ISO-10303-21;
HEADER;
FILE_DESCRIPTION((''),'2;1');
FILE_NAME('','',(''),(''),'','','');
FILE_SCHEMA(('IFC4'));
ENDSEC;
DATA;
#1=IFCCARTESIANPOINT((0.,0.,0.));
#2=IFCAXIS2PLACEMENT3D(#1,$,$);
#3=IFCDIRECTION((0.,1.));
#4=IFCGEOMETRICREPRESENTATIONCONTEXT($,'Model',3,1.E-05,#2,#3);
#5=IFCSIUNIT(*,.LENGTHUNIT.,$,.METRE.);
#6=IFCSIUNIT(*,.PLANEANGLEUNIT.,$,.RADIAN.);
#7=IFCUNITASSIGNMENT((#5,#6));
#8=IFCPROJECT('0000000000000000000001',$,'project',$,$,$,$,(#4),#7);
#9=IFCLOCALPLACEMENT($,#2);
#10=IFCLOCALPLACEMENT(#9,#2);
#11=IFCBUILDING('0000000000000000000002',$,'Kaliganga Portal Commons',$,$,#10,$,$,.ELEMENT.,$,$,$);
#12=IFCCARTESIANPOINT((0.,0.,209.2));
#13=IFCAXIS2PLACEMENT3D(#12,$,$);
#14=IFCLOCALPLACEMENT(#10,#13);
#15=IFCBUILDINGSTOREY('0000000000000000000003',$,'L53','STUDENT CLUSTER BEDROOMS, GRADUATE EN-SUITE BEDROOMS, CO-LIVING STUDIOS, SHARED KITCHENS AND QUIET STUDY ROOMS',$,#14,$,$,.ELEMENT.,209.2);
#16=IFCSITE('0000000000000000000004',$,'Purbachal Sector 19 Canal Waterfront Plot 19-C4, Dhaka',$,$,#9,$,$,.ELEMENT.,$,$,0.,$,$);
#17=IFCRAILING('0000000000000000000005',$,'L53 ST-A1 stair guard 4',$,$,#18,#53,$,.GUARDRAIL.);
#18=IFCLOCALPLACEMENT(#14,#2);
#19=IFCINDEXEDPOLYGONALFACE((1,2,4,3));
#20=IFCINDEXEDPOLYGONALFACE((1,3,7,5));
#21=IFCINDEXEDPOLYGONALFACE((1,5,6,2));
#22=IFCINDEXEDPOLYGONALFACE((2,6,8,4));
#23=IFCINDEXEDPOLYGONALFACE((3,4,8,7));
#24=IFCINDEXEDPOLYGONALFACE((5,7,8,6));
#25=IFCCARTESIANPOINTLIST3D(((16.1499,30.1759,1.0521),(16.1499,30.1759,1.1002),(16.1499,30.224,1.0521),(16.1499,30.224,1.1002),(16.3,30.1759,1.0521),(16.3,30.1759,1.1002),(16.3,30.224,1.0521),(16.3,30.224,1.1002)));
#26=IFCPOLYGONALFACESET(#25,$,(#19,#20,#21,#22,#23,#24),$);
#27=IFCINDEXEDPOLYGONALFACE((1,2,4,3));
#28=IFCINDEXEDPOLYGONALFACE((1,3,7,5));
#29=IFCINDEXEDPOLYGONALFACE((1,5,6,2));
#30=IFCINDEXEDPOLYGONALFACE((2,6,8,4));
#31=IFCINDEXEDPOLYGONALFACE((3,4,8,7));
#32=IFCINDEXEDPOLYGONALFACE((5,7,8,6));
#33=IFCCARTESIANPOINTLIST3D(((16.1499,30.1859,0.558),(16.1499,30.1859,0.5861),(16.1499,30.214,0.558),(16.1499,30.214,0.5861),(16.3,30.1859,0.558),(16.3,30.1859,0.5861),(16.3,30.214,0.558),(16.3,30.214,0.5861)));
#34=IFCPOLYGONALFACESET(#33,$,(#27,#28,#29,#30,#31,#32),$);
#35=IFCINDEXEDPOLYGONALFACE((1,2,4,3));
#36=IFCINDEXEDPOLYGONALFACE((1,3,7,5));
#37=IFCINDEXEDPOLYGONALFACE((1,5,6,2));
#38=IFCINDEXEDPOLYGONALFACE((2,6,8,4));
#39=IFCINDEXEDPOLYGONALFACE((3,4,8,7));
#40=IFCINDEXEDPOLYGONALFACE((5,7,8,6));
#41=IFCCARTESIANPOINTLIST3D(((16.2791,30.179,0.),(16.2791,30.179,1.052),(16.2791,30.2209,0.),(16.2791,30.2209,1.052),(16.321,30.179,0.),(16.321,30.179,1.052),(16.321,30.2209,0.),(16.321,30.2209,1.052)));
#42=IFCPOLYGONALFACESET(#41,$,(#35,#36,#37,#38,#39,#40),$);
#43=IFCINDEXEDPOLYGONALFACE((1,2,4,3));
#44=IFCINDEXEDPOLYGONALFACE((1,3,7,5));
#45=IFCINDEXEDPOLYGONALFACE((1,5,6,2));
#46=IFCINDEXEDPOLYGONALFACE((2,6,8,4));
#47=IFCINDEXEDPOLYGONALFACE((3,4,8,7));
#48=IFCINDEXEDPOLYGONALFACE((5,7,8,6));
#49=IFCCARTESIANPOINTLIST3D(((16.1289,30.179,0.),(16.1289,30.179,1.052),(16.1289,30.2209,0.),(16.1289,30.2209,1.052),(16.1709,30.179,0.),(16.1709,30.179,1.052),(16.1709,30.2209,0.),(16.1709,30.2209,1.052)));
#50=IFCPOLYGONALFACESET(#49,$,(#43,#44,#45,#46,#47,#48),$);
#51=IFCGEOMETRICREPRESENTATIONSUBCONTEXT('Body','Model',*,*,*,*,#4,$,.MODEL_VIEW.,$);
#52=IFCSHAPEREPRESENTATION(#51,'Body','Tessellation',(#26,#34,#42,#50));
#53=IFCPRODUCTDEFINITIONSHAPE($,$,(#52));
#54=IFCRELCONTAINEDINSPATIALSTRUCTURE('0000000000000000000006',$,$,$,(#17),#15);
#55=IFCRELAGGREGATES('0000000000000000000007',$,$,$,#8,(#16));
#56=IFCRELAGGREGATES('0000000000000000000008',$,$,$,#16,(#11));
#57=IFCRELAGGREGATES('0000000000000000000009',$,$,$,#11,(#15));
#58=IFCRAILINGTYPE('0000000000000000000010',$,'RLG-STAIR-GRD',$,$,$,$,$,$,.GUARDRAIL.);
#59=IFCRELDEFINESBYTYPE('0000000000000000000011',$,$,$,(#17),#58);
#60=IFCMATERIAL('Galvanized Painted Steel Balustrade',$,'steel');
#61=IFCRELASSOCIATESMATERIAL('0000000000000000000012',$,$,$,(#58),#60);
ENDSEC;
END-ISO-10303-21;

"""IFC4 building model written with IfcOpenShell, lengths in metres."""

from ifc_helpers import new_model, si_unit, direction, frame, origin, origin_2d, place, context, subcontext, project, spatial, rectangle, extrude, material, type_object, element, save


model = new_model("IFC4")

# Units and contexts
model_context = context("Model", 3, precision=1e-05, world=origin(), true_north=direction((0.0, 1.0)))
body_context = subcontext(model_context, "Body", "Model", "MODEL_VIEW")
ifc_project = project(units=[si_unit("LENGTHUNIT", "METRE"), si_unit("PLANEANGLEUNIT", "RADIAN")], contexts=[model_context])

# Site, building, storey
site_placement = place(None, origin())
site = spatial("IfcSite", under=ifc_project, at=site_placement, Name="Purbachal Sector 19 Canal Waterfront Plot 19-C4, Dhaka", CompositionType="ELEMENT", RefElevation=0.0)
building_placement = place(site_placement, origin())
building = spatial("IfcBuilding", under=site, at=building_placement, Name="Kaliganga Portal Commons", CompositionType="ELEMENT")
storey_placement = place(building_placement, frame((0.0, 0.0, 209.2)))
storey = spatial("IfcBuildingStorey", under=building, at=storey_placement, Name="L53", Description="STUDENT CLUSTER BEDROOMS, GRADUATE EN-SUITE BEDROOMS, CO-LIVING STUDIOS, SHARED KITCHENS AND QUIET STUDY ROOMS", CompositionType="ELEMENT", Elevation=209.2)

# Railing
ifc_material_1 = material(Name="Galvanized Painted Steel Balustrade", Category="steel")
railing_type = type_object("IfcRailingType", Name="RLG-STAIR-GRD", PredefinedType="GUARDRAIL", material=ifc_material_1)
railing_1_placement = place(storey_placement, frame((16.3, 30.2, 0.0)))
element("IfcRailing", 1, at=railing_1_placement, inside=storey, type_object=railing_type, Name="L53 ST-A1 stair guard 4", PredefinedType="GUARDRAIL", context=body_context, shape_type="SweptSolid", body=[
    extrude(rectangle(XDim=0.0481, YDim=0.0481, at=origin_2d()), frame((0.0, 0.0, 1.0762), z_axis=(-1.0, 0.0, 0.0), x_axis=(0.0, -1.0, 0.0)), (0.0, 0.0, 1.0), 0.1501),
    extrude(rectangle(XDim=0.0281, YDim=0.0281, at=origin_2d()), frame((0.0, 0.0, 0.572), z_axis=(-1.0, 0.0, 0.0), x_axis=(0.0, -1.0, 0.0)), (0.0, 0.0, 1.0), 0.1501),
    extrude(rectangle(XDim=0.042, YDim=0.042, at=origin_2d()), origin(), (0.0, 0.0, 1.0), 1.052),
    extrude(rectangle(XDim=0.042, YDim=0.042, at=origin_2d()), frame((-0.1501, 0.0, 0.0)), (0.0, 0.0, 1.0), 1.052),
])

save(model, "model.ifc")
